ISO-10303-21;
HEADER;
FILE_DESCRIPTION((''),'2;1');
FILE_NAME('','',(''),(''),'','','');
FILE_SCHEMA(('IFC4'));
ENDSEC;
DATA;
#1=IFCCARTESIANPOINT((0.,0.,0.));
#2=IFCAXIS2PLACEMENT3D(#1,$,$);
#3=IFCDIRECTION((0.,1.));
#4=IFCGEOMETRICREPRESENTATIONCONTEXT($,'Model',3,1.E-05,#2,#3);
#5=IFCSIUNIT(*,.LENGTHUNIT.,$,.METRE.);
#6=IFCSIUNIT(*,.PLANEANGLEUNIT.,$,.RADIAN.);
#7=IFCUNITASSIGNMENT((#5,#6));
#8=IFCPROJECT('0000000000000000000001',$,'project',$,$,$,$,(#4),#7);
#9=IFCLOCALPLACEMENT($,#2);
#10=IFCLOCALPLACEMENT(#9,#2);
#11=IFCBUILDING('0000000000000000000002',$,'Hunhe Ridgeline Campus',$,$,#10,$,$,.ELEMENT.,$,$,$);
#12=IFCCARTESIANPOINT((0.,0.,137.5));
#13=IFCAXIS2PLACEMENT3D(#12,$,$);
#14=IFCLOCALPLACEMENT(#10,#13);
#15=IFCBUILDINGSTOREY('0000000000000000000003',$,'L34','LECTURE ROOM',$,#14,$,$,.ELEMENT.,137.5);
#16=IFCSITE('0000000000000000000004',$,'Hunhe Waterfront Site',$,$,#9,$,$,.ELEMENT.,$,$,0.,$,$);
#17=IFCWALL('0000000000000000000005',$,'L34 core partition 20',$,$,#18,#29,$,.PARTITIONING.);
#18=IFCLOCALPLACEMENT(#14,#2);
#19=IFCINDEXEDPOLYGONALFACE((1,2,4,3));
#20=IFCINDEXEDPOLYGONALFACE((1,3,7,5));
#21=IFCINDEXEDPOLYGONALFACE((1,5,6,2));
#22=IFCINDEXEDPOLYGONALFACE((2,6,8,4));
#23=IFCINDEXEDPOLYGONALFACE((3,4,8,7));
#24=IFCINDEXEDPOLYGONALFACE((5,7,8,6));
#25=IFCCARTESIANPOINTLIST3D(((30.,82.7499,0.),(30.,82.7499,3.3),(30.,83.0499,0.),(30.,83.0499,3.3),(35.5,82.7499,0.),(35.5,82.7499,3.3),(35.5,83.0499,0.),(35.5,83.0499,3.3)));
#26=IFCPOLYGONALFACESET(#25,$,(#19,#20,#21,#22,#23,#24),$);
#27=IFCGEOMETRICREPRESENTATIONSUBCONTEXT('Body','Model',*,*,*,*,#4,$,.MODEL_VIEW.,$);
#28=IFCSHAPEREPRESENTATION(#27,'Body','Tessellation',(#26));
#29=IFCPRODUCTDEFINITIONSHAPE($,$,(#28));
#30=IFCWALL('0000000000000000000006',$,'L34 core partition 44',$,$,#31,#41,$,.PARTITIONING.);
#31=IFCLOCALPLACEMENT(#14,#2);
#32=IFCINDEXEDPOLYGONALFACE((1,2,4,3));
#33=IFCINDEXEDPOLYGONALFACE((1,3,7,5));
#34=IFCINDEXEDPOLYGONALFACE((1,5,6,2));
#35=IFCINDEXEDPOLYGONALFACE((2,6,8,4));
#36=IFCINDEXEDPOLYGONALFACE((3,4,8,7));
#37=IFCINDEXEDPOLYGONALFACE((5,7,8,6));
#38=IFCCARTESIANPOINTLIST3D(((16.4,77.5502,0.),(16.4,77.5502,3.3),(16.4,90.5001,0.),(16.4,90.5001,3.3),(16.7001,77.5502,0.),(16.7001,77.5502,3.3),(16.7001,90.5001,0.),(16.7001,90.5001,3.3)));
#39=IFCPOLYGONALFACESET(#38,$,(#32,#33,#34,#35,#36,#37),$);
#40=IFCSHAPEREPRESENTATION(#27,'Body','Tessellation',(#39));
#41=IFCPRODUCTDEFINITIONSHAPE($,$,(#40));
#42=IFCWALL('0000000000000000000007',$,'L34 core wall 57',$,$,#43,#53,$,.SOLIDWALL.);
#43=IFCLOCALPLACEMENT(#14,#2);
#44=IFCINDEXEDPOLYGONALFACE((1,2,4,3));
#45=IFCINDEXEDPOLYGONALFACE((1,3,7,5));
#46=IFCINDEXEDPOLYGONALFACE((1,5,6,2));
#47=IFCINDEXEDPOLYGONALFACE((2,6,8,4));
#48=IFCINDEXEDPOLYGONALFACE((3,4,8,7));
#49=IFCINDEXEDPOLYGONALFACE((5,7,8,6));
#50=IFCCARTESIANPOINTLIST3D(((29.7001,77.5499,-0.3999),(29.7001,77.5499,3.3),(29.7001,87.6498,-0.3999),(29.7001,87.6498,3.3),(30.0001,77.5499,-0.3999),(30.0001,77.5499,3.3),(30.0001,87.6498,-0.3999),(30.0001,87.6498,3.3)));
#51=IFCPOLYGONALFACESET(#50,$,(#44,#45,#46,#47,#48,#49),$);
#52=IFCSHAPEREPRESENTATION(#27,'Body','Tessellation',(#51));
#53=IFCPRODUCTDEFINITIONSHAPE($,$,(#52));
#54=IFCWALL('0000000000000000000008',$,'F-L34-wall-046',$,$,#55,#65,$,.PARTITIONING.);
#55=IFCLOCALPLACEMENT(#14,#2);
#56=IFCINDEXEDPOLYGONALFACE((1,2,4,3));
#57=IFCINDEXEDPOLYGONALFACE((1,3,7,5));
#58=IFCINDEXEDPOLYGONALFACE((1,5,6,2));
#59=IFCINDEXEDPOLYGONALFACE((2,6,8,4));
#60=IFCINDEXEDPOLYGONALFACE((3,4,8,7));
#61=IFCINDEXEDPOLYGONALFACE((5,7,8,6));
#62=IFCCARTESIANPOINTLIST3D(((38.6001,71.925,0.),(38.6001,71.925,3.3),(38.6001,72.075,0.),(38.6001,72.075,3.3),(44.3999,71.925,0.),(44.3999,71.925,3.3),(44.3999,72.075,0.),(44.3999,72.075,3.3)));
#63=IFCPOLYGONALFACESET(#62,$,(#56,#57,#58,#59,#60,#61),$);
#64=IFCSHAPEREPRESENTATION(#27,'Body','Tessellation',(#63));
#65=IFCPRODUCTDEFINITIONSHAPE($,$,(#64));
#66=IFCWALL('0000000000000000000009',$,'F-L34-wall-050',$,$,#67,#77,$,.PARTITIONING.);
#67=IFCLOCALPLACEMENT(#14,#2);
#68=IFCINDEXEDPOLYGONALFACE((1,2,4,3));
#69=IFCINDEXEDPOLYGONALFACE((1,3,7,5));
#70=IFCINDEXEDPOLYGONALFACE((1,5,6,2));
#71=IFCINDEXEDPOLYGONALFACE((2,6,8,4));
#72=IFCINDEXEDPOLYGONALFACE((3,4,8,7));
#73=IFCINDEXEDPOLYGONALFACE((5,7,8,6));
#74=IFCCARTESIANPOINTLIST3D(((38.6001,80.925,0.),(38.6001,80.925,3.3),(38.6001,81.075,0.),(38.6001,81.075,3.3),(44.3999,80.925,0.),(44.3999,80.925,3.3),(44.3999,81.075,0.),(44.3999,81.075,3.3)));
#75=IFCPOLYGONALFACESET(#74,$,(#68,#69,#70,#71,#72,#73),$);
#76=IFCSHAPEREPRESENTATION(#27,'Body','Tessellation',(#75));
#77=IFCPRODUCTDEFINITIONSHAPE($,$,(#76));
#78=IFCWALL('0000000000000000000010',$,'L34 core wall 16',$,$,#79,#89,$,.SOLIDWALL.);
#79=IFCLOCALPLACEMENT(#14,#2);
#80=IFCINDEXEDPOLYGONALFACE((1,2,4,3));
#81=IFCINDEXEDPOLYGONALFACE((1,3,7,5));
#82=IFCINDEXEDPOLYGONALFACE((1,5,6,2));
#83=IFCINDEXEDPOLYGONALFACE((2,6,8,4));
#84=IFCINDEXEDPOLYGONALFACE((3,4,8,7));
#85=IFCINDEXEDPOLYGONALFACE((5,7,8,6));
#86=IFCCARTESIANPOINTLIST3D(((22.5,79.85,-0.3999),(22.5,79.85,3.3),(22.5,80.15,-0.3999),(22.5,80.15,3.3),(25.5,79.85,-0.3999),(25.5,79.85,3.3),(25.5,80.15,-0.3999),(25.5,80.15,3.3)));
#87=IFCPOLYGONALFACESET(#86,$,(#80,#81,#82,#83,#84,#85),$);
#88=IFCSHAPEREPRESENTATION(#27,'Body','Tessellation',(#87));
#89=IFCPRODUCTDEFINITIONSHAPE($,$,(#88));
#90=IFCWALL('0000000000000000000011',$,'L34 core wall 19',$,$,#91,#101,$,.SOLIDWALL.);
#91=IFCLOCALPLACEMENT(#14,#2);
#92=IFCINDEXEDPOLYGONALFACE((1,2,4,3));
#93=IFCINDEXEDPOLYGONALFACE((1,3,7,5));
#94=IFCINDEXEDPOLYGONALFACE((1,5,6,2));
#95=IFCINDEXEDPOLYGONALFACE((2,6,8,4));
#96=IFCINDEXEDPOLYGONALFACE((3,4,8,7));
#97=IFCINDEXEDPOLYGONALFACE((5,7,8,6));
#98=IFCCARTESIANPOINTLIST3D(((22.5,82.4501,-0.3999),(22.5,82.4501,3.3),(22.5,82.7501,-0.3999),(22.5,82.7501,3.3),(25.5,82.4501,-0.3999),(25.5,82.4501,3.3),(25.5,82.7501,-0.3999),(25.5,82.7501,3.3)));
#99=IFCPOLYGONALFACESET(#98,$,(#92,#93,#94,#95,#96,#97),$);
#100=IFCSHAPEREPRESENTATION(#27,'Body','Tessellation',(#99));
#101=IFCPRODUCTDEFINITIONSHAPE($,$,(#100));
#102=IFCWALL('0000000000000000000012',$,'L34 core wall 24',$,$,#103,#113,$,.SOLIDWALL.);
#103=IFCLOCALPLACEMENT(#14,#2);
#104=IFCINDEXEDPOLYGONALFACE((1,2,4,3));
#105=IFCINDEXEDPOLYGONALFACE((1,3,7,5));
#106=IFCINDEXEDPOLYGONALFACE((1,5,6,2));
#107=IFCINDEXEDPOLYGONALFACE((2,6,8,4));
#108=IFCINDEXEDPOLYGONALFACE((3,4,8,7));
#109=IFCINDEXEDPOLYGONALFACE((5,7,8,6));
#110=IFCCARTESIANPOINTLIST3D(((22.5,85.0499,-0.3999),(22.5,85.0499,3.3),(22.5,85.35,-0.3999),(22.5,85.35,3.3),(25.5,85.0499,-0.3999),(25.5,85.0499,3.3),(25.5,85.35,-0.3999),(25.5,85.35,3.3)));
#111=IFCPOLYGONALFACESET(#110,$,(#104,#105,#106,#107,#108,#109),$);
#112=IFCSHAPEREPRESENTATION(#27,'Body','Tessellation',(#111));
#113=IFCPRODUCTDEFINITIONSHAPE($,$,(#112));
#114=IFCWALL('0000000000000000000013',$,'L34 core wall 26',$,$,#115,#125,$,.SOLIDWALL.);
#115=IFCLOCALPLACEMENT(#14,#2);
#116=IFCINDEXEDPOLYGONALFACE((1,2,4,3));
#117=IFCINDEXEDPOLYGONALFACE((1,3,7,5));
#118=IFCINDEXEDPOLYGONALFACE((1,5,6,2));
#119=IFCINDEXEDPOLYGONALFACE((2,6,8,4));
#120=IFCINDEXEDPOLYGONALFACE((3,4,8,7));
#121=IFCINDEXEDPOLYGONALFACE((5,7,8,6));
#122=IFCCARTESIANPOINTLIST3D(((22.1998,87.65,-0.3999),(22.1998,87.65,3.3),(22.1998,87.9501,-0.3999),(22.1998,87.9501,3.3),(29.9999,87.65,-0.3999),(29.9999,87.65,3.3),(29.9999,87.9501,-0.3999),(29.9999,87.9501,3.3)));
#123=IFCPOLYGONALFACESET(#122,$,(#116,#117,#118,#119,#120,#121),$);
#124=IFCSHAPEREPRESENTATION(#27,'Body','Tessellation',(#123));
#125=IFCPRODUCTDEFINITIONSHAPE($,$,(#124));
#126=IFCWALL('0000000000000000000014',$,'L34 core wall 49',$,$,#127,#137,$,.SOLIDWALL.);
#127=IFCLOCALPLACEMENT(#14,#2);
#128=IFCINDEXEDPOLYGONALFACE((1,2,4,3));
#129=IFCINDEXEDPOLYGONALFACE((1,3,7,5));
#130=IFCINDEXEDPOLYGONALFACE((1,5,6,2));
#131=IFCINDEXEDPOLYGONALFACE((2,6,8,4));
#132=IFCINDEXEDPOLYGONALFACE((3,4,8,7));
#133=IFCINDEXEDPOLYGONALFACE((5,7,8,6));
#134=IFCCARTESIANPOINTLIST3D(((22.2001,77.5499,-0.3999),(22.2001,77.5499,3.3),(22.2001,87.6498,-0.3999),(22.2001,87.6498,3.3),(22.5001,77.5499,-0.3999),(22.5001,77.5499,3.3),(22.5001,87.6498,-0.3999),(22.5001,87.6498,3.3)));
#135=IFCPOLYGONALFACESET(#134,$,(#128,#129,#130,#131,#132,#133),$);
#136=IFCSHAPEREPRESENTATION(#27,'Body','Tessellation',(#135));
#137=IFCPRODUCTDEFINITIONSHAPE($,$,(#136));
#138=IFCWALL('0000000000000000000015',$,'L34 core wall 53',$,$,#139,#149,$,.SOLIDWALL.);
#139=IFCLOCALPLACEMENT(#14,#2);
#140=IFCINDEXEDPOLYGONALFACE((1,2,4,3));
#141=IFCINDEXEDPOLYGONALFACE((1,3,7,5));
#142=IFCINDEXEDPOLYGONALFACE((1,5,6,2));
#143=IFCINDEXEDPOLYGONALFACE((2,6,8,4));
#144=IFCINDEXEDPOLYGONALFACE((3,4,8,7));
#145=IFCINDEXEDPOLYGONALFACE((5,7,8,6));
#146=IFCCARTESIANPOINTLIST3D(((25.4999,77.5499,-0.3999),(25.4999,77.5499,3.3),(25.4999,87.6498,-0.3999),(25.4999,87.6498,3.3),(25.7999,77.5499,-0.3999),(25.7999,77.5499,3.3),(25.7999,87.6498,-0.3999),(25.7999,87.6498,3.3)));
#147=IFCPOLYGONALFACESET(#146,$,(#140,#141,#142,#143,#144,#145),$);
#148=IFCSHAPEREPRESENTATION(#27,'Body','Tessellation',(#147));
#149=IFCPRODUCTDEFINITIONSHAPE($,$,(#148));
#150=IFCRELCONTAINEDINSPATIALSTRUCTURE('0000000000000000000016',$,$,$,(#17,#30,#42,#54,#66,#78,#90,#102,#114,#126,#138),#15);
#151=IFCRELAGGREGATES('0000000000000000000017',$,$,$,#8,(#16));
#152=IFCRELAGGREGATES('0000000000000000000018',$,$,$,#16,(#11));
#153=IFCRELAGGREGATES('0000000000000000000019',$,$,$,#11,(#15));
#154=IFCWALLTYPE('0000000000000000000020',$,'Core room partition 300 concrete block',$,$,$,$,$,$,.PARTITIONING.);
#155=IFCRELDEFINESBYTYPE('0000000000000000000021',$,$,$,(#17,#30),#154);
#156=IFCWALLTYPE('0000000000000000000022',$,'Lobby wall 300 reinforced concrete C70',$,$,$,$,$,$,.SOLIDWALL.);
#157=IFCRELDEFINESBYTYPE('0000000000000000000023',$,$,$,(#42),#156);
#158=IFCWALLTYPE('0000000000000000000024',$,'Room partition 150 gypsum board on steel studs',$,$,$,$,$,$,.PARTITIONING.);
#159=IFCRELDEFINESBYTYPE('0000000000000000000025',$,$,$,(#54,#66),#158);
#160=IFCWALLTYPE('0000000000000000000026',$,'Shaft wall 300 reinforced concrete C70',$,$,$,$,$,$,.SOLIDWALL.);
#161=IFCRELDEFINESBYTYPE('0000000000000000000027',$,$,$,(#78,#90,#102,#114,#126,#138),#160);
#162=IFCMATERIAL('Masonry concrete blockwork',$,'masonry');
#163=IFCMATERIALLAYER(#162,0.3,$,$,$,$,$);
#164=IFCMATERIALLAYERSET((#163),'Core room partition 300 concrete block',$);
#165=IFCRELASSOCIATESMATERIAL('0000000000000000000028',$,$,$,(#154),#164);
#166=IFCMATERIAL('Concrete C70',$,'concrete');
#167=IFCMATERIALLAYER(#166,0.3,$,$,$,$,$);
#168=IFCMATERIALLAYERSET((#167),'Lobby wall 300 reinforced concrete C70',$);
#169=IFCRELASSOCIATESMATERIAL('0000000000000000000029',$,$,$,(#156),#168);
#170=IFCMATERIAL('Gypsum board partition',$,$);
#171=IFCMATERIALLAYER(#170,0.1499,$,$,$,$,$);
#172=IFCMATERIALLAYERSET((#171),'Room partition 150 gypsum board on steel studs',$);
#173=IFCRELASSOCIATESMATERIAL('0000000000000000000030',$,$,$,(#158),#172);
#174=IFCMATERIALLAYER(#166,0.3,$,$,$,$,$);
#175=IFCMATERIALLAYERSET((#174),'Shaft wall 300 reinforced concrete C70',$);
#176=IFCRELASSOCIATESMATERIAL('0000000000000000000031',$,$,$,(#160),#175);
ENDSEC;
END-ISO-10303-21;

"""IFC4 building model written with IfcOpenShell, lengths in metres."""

from ifc_helpers import new_model, si_unit, direction, frame, frame_2d, origin, place, context, subcontext, project, spatial, rectangle, extrude, material, layer, layer_set, type_object, element, save


model = new_model("IFC4")

# Units and contexts
model_context = context("Model", 3, precision=1e-05, world=origin(), true_north=direction((0.0, 1.0)))
body_context = subcontext(model_context, "Body", "Model", "MODEL_VIEW")
ifc_project = project(units=[si_unit("LENGTHUNIT", "METRE"), si_unit("PLANEANGLEUNIT", "RADIAN")], contexts=[model_context])

# Site, building, storey
site_placement = place(None, origin())
site = spatial("IfcSite", under=ifc_project, at=site_placement, Name="Hunhe Waterfront Site", CompositionType="ELEMENT", RefElevation=0.0)
building_placement = place(site_placement, origin())
building = spatial("IfcBuilding", under=site, at=building_placement, Name="Hunhe Ridgeline Campus", CompositionType="ELEMENT")
storey_placement = place(building_placement, frame((0.0, 0.0, 137.5)))
storey = spatial("IfcBuildingStorey", under=building, at=storey_placement, Name="L34", Description="LECTURE ROOM", CompositionType="ELEMENT", Elevation=137.5)

# Shared definitions
ifc_material_1 = material(Name="Masonry concrete blockwork", Category="masonry")
ifc_layer_1 = layer(ifc_material_1, 0.3)
ifc_layer_set_1 = layer_set([ifc_layer_1], Name="Core room partition 300 concrete block")
wall_type_1 = type_object("IfcWallType", Name="Core room partition 300 concrete block", PredefinedType="PARTITIONING", material=ifc_layer_set_1)

# Walls
wall_1_placement = place(storey_placement, frame((30.0, 82.8999, 0.0), z_axis=(0.0, 0.0, 1.0), x_axis=(1.0, 0.0, 0.0)))
element("IfcWall", 1, at=wall_1_placement, inside=storey, type_object=wall_type_1, Name="L34 core partition 20", PredefinedType="PARTITIONING", context=body_context, shape_type="SweptSolid", body=[
    extrude(rectangle(XDim=5.5, YDim=0.3, at=frame_2d((2.75, 0.0))), origin(), (0.0, 0.0, 1.0), 3.3),
])
wall_2_placement = place(storey_placement, frame((16.55, 77.55, 0.0), z_axis=(0.0, 0.0, 1.0), x_axis=(0.0, 1.0, 0.0)))
element("IfcWall", 2, at=wall_2_placement, inside=storey, type_object=wall_type_1, Name="L34 core partition 44", PredefinedType="PARTITIONING", context=body_context, shape_type="SweptSolid", body=[
    extrude(rectangle(XDim=12.95, YDim=0.3, at=frame_2d((6.4751, 0.0))), origin(), (0.0, 0.0, 1.0), 3.3),
])
ifc_material_2 = material(Name="Concrete C70", Category="concrete")
ifc_layer_2 = layer(ifc_material_2, 0.3)
ifc_layer_set_2 = layer_set([ifc_layer_2], Name="Lobby wall 300 reinforced concrete C70")
wall_type_2 = type_object("IfcWallType", Name="Lobby wall 300 reinforced concrete C70", PredefinedType="SOLIDWALL", material=ifc_layer_set_2)
wall_3_placement = place(storey_placement, frame((29.8501, 77.55, -0.3999), z_axis=(0.0, 0.0, 1.0), x_axis=(0.0, 1.0, 0.0)))
element("IfcWall", 3, at=wall_3_placement, inside=storey, type_object=wall_type_2, Name="L34 core wall 57", PredefinedType="SOLIDWALL", context=body_context, shape_type="SweptSolid", body=[
    extrude(rectangle(XDim=10.0999, YDim=0.3, at=frame_2d((5.0498, 0.0))), origin(), (0.0, 0.0, 1.0), 3.7),
])
ifc_material_3 = material(Name="Gypsum board partition")
ifc_layer_3 = layer(ifc_material_3, 0.1499)
ifc_layer_set_3 = layer_set([ifc_layer_3], Name="Room partition 150 gypsum board on steel studs")
wall_type_3 = type_object("IfcWallType", Name="Room partition 150 gypsum board on steel studs", PredefinedType="PARTITIONING", material=ifc_layer_set_3)
for number, where, z_axis, x_axis, name in (
    (4, (38.6001, 72.0, 0.0), (0.0, 0.0, 1.0), (1.0, 0.0, 0.0), "F-L34-wall-046"),
    (5, (38.6001, 81.0, 0.0), (0.0, 0.0, 1.0), (1.0, 0.0, 0.0), "F-L34-wall-050"),
):
    element("IfcWall", number, at=place(storey_placement, frame(where, z_axis=z_axis, x_axis=x_axis)), inside=storey, type_object=wall_type_3, Name=name, PredefinedType="PARTITIONING", context=body_context, shape_type="SweptSolid", body=[
        extrude(rectangle(XDim=5.7998, YDim=0.1499, at=frame_2d((2.8999, 0.0))), origin(), (0.0, 0.0, 1.0), 3.3),
    ])
ifc_layer_4 = layer(ifc_material_2, 0.3)
ifc_layer_set_4 = layer_set([ifc_layer_4], Name="Shaft wall 300 reinforced concrete C70")
wall_type_4 = type_object("IfcWallType", Name="Shaft wall 300 reinforced concrete C70", PredefinedType="SOLIDWALL", material=ifc_layer_set_4)
for number, where, z_axis, x_axis, name in (
    (6, (22.5, 80.0, -0.3999), (0.0, 0.0, 1.0), (1.0, 0.0, 0.0), "L34 core wall 16"),
    (7, (22.5, 82.6001, -0.3999), (0.0, 0.0, 1.0), (1.0, 0.0, 0.0), "L34 core wall 19"),
    (8, (22.5, 85.2, -0.3999), (0.0, 0.0, 1.0), (1.0, 0.0, 0.0), "L34 core wall 24"),
):
    element("IfcWall", number, at=place(storey_placement, frame(where, z_axis=z_axis, x_axis=x_axis)), inside=storey, type_object=wall_type_4, Name=name, PredefinedType="SOLIDWALL", context=body_context, shape_type="SweptSolid", body=[
        extrude(rectangle(XDim=3.0, YDim=0.3, at=frame_2d((1.5, 0.0))), origin(), (0.0, 0.0, 1.0), 3.7),
    ])
wall_4_placement = place(storey_placement, frame((22.2, 87.8, -0.3999), z_axis=(0.0, 0.0, 1.0), x_axis=(1.0, 0.0, 0.0)))
element("IfcWall", 9, at=wall_4_placement, inside=storey, type_object=wall_type_4, Name="L34 core wall 26", PredefinedType="SOLIDWALL", context=body_context, shape_type="SweptSolid", body=[
    extrude(rectangle(XDim=7.8, YDim=0.3, at=frame_2d((3.8999, 0.0))), origin(), (0.0, 0.0, 1.0), 3.7),
])
for number, where, z_axis, x_axis, name in (
    (10, (22.3501, 77.55, -0.3999), (0.0, 0.0, 1.0), (0.0, 1.0, 0.0), "L34 core wall 49"),
    (11, (25.6499, 77.55, -0.3999), (0.0, 0.0, 1.0), (0.0, 1.0, 0.0), "L34 core wall 53"),
):
    element("IfcWall", number, at=place(storey_placement, frame(where, z_axis=z_axis, x_axis=x_axis)), inside=storey, type_object=wall_type_4, Name=name, PredefinedType="SOLIDWALL", context=body_context, shape_type="SweptSolid", body=[
        extrude(rectangle(XDim=10.0999, YDim=0.3, at=frame_2d((5.0498, 0.0))), origin(), (0.0, 0.0, 1.0), 3.7),
    ])

save(model, "model.ifc")
